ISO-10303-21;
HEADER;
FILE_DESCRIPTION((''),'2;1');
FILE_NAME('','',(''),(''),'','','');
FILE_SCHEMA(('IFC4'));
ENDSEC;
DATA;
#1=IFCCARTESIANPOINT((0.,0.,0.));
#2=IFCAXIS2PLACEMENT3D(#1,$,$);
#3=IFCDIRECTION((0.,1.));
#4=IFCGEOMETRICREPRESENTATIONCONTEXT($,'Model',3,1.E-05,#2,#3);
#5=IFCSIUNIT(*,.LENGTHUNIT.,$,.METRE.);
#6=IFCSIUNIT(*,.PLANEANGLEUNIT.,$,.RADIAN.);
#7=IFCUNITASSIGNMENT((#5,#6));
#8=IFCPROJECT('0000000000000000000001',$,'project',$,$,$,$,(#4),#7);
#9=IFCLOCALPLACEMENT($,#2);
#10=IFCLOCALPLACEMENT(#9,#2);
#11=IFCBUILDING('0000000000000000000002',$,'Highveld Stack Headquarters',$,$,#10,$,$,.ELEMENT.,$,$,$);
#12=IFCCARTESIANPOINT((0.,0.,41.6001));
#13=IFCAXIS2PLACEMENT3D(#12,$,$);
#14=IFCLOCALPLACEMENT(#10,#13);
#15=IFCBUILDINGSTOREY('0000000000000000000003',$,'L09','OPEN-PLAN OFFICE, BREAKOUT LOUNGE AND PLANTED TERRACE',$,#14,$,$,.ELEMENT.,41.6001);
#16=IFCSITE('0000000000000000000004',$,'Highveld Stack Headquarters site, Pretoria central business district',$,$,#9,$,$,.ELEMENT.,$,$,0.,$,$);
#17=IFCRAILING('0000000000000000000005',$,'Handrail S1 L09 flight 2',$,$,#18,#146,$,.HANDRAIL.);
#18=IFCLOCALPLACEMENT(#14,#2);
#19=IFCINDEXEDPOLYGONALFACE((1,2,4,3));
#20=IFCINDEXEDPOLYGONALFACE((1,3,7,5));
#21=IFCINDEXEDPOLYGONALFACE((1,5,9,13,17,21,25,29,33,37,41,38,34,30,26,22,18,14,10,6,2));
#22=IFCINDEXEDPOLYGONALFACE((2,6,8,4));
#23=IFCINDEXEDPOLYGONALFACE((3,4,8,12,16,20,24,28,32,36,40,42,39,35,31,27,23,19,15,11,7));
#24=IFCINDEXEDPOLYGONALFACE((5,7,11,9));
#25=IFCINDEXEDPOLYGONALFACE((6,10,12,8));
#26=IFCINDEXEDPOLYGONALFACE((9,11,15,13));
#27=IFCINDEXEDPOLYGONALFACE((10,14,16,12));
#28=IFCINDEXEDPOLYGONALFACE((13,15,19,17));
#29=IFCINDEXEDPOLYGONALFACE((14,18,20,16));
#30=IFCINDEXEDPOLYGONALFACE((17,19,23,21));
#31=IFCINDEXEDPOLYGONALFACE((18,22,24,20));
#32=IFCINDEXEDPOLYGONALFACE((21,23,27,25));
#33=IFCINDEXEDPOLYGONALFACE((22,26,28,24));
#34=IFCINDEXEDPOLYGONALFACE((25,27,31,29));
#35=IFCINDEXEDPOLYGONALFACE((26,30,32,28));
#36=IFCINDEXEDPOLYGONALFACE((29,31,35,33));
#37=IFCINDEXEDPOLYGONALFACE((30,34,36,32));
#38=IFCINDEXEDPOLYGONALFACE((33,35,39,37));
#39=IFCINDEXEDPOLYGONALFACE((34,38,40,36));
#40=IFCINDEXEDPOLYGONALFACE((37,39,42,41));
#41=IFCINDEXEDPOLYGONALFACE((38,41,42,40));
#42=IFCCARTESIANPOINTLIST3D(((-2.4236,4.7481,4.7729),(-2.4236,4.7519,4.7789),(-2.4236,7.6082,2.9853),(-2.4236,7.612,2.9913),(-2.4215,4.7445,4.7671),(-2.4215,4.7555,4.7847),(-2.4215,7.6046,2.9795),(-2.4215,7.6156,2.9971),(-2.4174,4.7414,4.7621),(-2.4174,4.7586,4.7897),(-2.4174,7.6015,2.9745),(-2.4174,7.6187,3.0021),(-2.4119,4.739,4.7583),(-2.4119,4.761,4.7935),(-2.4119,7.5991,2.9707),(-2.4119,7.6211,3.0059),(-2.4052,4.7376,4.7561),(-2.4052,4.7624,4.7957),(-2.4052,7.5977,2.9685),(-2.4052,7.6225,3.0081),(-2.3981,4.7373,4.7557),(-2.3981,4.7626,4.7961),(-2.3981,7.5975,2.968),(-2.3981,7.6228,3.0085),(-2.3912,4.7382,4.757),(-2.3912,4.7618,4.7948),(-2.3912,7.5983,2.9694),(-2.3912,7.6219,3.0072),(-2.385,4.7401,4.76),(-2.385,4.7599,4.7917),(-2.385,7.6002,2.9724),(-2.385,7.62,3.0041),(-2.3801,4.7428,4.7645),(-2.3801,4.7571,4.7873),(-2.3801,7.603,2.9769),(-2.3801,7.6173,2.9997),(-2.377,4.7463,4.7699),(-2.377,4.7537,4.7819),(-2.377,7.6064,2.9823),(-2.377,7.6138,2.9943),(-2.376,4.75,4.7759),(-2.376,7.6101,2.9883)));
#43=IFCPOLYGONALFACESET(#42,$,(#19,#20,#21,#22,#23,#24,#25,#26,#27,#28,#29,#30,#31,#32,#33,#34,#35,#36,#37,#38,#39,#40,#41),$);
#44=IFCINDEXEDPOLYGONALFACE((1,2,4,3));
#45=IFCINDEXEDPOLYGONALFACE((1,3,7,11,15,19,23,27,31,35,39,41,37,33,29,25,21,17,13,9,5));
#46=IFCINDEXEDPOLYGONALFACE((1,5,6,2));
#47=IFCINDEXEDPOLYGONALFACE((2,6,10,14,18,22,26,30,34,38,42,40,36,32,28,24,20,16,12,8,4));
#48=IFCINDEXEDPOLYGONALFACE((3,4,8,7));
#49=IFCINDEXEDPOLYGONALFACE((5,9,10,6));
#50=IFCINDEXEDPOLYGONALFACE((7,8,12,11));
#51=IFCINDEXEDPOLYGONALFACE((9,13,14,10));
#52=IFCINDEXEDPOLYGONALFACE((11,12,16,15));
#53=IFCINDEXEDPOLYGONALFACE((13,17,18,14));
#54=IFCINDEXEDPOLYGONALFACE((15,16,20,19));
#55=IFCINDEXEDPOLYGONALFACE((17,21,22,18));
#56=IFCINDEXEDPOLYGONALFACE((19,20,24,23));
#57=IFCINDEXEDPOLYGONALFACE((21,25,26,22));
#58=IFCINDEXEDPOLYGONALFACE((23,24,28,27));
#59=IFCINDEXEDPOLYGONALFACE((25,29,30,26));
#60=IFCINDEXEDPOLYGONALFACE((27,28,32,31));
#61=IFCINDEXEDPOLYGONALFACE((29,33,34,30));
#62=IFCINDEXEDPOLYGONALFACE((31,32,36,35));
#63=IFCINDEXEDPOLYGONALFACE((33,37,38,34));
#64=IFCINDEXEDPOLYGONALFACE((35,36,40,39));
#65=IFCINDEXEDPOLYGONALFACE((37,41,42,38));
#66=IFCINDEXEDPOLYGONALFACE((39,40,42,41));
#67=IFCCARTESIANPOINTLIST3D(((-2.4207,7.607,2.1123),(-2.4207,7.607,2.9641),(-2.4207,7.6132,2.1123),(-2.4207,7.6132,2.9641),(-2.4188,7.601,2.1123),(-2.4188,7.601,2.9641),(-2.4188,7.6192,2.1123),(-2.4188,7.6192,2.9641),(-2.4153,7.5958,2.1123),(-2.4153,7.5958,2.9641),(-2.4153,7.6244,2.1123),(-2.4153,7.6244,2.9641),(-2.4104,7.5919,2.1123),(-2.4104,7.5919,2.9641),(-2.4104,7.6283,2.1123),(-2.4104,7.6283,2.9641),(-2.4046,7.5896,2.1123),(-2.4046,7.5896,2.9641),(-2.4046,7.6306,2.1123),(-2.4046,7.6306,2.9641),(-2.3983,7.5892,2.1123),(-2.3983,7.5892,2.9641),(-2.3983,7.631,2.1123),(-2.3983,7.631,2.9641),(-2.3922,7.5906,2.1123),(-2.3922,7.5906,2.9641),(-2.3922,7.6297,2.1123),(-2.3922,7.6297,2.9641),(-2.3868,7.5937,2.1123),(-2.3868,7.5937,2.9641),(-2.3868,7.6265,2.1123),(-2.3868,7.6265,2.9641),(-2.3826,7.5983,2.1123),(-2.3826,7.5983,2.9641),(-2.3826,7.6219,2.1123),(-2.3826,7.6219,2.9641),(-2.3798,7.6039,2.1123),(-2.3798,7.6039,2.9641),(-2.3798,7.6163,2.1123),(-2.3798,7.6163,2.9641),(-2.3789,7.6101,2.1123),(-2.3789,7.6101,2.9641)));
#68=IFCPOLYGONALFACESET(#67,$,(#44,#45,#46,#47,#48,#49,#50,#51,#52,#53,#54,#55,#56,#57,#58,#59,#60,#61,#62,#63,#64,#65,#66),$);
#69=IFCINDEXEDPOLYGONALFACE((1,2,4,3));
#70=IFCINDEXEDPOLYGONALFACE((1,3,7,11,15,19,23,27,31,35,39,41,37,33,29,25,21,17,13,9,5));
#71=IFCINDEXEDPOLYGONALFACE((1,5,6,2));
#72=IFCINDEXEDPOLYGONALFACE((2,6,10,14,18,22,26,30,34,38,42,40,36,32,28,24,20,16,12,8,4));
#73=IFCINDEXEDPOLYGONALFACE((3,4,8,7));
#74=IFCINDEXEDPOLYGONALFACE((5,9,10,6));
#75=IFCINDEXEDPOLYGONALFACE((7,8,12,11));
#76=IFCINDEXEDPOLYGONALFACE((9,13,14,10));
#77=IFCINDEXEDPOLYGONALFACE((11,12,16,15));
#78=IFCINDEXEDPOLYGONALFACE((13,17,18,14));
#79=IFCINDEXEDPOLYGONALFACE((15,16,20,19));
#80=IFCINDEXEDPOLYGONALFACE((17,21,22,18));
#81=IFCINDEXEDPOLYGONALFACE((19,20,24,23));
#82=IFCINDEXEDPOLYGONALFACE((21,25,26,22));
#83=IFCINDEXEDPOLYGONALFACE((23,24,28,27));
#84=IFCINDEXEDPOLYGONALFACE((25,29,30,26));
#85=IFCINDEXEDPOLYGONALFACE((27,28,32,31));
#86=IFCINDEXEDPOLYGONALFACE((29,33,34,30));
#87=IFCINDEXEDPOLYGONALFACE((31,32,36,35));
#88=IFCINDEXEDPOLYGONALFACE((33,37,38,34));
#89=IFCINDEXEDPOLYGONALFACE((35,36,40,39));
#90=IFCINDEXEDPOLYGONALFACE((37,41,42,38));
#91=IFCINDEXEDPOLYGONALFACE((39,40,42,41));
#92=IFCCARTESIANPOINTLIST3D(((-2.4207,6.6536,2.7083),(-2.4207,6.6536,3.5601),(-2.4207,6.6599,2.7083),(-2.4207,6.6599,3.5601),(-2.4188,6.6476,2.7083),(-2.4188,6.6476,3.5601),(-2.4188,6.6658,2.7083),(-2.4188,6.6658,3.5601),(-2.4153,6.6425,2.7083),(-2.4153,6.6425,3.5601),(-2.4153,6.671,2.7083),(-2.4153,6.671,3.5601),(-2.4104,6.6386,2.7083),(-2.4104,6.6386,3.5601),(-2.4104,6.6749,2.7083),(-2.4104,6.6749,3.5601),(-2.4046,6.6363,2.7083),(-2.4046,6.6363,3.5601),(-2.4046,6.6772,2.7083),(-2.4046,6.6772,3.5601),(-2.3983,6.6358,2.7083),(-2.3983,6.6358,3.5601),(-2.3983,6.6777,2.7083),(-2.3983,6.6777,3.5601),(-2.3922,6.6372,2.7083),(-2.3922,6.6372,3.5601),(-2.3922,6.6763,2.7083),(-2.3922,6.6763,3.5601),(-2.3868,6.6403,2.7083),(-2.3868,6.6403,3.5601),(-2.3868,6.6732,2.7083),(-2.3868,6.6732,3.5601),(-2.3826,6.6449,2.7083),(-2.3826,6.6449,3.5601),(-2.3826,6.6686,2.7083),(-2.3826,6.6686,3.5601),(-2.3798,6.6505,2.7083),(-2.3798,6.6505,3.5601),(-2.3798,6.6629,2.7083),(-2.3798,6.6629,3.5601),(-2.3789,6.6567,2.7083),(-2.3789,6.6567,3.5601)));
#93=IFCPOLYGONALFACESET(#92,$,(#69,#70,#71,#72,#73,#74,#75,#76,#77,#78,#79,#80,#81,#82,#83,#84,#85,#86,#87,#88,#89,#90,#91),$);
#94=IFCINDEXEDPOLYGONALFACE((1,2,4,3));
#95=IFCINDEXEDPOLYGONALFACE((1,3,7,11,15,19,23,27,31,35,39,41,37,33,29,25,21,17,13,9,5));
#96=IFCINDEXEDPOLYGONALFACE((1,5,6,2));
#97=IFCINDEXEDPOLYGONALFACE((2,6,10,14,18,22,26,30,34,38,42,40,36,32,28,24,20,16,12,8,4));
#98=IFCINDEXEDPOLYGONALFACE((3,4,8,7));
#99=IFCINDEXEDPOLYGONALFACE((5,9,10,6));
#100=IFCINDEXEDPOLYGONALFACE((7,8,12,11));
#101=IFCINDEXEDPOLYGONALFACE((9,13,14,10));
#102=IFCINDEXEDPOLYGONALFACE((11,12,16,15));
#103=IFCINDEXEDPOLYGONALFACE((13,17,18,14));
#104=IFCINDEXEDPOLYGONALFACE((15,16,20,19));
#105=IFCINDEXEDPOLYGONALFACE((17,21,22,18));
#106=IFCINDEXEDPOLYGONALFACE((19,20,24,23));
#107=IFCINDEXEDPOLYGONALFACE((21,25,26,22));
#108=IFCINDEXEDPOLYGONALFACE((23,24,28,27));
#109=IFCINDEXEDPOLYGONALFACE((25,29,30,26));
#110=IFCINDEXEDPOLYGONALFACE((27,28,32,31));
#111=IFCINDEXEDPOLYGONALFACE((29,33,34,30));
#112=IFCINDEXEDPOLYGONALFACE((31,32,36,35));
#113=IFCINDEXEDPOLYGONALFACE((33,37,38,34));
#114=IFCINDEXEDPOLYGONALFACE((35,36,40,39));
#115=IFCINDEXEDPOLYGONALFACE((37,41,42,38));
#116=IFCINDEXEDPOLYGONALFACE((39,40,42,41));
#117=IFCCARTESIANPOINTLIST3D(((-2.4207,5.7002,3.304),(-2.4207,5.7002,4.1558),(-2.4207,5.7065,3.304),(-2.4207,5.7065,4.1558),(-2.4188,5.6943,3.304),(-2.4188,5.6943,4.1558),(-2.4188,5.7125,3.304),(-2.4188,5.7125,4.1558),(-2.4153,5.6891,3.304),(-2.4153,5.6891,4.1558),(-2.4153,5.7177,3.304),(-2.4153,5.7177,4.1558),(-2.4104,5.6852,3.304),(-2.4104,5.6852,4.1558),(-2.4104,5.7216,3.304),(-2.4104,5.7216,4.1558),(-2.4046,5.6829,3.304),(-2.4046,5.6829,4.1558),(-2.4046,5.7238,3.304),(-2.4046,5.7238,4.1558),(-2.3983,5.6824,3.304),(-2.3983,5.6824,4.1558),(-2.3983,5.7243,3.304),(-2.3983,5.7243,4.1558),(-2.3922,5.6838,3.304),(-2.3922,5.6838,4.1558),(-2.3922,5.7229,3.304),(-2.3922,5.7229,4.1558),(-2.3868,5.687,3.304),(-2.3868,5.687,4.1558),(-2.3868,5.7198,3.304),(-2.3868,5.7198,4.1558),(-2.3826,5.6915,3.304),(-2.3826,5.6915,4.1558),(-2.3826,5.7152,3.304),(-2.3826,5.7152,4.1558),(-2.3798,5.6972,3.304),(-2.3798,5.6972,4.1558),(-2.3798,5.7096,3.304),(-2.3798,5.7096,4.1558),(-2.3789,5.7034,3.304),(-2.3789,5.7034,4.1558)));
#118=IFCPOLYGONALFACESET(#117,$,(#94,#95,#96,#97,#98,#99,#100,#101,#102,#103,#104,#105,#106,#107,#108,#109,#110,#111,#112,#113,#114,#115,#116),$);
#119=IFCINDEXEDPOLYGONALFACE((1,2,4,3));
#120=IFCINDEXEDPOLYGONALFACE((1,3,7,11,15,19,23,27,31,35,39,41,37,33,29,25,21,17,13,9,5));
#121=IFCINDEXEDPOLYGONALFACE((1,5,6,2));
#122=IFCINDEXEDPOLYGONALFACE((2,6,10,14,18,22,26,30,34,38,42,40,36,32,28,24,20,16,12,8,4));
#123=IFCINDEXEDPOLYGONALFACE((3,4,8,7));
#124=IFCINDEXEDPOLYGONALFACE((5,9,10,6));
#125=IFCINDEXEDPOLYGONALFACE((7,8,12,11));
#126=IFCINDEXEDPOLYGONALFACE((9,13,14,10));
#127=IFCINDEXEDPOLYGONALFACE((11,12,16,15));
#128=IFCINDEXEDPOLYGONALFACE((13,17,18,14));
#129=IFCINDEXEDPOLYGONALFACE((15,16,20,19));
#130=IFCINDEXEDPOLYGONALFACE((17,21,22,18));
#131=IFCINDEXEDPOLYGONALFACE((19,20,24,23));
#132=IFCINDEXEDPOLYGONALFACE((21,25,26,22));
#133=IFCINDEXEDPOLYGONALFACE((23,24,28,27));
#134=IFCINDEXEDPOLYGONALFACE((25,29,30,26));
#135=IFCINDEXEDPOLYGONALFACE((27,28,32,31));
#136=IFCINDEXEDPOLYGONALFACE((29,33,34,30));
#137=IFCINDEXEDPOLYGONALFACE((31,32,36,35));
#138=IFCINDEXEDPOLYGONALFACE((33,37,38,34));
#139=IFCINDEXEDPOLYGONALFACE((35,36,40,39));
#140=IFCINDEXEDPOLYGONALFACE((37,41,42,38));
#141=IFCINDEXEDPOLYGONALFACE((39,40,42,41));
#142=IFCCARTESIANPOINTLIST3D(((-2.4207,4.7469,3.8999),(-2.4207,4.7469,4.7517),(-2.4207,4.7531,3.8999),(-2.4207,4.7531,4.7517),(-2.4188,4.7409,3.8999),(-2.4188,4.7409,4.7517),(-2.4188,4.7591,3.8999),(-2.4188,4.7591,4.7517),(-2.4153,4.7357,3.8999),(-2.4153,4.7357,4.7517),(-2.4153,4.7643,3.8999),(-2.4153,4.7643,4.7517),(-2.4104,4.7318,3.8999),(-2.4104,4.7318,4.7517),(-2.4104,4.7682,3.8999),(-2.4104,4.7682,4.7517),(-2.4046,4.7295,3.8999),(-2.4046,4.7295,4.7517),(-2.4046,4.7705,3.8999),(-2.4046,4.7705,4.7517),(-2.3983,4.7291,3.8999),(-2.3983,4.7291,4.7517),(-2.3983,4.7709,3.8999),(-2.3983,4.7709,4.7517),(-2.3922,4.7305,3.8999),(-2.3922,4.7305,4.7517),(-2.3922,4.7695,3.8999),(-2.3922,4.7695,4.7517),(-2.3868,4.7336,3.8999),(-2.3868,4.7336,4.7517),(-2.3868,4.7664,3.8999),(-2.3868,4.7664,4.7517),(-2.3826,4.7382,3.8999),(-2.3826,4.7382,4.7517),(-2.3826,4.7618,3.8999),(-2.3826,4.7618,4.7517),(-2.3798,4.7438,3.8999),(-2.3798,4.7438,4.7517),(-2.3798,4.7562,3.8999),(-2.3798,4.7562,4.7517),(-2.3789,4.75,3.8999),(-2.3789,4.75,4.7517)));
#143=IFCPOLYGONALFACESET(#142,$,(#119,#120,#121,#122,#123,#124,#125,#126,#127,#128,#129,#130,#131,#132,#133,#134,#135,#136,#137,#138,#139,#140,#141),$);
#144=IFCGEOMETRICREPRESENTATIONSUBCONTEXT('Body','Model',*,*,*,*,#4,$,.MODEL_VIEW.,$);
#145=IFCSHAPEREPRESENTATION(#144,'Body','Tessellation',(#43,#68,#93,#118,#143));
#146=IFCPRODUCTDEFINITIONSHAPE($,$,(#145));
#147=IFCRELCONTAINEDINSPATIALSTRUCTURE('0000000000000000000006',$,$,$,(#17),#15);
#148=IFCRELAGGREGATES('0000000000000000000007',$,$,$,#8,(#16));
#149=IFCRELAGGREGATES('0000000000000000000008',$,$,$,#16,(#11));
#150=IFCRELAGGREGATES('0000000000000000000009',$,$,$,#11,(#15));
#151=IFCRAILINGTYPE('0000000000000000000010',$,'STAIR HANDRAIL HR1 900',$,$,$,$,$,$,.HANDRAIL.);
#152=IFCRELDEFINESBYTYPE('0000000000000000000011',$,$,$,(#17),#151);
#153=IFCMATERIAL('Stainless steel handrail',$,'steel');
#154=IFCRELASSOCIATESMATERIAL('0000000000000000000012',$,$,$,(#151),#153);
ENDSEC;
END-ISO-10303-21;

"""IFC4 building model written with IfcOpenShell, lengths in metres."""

from ifc_helpers import new_model, si_unit, direction, frame, origin, origin_2d, place, context, subcontext, project, spatial, circle, extrude, material, type_object, element, save


model = new_model("IFC4")

# Units and contexts
model_context = context("Model", 3, precision=1e-05, world=origin(), true_north=direction((0.0, 1.0)))
body_context = subcontext(model_context, "Body", "Model", "MODEL_VIEW")
ifc_project = project(units=[si_unit("LENGTHUNIT", "METRE"), si_unit("PLANEANGLEUNIT", "RADIAN")], contexts=[model_context])

# Site, building, storey
site_placement = place(None, origin())
site = spatial("IfcSite", under=ifc_project, at=site_placement, Name="Highveld Stack Headquarters site, Pretoria central business district", CompositionType="ELEMENT", RefElevation=0.0)
building_placement = place(site_placement, origin())
building = spatial("IfcBuilding", under=site, at=building_placement, Name="Highveld Stack Headquarters", CompositionType="ELEMENT")
storey_placement = place(building_placement, frame((0.0, 0.0, 41.6001)))
storey = spatial("IfcBuildingStorey", under=building, at=storey_placement, Name="L09", Description="OPEN-PLAN OFFICE, BREAKOUT LOUNGE AND PLANTED TERRACE", CompositionType="ELEMENT", Elevation=41.6001)

# Railing
ifc_material_1 = material(Name="Stainless steel handrail", Category="steel")
railing_type = type_object("IfcRailingType", Name="STAIR HANDRAIL HR1 900", PredefinedType="HANDRAIL", material=ifc_material_1)
for number, where, name in (
    (1, (-2.3999, 7.6101, 2.1123), "Handrail S1 L09 flight 2"),
):
    element("IfcRailing", number, at=place(storey_placement, frame(where)), inside=storey, type_object=railing_type, Name=name, PredefinedType="HANDRAIL", context=body_context, shape_type="SweptSolid", body=[
        extrude(circle(Radius=0.0239, at=origin_2d()), frame((0.0, 0.0, 0.876), z_axis=(0.0, -0.847994, 0.530005), x_axis=(1.0, 0.0, 0.0)), (0.0, 0.0, 1.0), 3.3728),
        extrude(circle(Radius=0.021, at=origin_2d()), origin(), (0.0, 0.0, 1.0), 0.8518),
        extrude(circle(Radius=0.021, at=origin_2d()), frame((0.0, -0.9534, 0.5959)), (0.0, 0.0, 1.0), 0.8518),
        extrude(circle(Radius=0.021, at=origin_2d()), frame((0.0, -1.9067, 1.1917)), (0.0, 0.0, 1.0), 0.8518),
        extrude(circle(Radius=0.021, at=origin_2d()), frame((0.0, -2.8601, 1.7876)), (0.0, 0.0, 1.0), 0.8518),
    ])

save(model, "model.ifc")
